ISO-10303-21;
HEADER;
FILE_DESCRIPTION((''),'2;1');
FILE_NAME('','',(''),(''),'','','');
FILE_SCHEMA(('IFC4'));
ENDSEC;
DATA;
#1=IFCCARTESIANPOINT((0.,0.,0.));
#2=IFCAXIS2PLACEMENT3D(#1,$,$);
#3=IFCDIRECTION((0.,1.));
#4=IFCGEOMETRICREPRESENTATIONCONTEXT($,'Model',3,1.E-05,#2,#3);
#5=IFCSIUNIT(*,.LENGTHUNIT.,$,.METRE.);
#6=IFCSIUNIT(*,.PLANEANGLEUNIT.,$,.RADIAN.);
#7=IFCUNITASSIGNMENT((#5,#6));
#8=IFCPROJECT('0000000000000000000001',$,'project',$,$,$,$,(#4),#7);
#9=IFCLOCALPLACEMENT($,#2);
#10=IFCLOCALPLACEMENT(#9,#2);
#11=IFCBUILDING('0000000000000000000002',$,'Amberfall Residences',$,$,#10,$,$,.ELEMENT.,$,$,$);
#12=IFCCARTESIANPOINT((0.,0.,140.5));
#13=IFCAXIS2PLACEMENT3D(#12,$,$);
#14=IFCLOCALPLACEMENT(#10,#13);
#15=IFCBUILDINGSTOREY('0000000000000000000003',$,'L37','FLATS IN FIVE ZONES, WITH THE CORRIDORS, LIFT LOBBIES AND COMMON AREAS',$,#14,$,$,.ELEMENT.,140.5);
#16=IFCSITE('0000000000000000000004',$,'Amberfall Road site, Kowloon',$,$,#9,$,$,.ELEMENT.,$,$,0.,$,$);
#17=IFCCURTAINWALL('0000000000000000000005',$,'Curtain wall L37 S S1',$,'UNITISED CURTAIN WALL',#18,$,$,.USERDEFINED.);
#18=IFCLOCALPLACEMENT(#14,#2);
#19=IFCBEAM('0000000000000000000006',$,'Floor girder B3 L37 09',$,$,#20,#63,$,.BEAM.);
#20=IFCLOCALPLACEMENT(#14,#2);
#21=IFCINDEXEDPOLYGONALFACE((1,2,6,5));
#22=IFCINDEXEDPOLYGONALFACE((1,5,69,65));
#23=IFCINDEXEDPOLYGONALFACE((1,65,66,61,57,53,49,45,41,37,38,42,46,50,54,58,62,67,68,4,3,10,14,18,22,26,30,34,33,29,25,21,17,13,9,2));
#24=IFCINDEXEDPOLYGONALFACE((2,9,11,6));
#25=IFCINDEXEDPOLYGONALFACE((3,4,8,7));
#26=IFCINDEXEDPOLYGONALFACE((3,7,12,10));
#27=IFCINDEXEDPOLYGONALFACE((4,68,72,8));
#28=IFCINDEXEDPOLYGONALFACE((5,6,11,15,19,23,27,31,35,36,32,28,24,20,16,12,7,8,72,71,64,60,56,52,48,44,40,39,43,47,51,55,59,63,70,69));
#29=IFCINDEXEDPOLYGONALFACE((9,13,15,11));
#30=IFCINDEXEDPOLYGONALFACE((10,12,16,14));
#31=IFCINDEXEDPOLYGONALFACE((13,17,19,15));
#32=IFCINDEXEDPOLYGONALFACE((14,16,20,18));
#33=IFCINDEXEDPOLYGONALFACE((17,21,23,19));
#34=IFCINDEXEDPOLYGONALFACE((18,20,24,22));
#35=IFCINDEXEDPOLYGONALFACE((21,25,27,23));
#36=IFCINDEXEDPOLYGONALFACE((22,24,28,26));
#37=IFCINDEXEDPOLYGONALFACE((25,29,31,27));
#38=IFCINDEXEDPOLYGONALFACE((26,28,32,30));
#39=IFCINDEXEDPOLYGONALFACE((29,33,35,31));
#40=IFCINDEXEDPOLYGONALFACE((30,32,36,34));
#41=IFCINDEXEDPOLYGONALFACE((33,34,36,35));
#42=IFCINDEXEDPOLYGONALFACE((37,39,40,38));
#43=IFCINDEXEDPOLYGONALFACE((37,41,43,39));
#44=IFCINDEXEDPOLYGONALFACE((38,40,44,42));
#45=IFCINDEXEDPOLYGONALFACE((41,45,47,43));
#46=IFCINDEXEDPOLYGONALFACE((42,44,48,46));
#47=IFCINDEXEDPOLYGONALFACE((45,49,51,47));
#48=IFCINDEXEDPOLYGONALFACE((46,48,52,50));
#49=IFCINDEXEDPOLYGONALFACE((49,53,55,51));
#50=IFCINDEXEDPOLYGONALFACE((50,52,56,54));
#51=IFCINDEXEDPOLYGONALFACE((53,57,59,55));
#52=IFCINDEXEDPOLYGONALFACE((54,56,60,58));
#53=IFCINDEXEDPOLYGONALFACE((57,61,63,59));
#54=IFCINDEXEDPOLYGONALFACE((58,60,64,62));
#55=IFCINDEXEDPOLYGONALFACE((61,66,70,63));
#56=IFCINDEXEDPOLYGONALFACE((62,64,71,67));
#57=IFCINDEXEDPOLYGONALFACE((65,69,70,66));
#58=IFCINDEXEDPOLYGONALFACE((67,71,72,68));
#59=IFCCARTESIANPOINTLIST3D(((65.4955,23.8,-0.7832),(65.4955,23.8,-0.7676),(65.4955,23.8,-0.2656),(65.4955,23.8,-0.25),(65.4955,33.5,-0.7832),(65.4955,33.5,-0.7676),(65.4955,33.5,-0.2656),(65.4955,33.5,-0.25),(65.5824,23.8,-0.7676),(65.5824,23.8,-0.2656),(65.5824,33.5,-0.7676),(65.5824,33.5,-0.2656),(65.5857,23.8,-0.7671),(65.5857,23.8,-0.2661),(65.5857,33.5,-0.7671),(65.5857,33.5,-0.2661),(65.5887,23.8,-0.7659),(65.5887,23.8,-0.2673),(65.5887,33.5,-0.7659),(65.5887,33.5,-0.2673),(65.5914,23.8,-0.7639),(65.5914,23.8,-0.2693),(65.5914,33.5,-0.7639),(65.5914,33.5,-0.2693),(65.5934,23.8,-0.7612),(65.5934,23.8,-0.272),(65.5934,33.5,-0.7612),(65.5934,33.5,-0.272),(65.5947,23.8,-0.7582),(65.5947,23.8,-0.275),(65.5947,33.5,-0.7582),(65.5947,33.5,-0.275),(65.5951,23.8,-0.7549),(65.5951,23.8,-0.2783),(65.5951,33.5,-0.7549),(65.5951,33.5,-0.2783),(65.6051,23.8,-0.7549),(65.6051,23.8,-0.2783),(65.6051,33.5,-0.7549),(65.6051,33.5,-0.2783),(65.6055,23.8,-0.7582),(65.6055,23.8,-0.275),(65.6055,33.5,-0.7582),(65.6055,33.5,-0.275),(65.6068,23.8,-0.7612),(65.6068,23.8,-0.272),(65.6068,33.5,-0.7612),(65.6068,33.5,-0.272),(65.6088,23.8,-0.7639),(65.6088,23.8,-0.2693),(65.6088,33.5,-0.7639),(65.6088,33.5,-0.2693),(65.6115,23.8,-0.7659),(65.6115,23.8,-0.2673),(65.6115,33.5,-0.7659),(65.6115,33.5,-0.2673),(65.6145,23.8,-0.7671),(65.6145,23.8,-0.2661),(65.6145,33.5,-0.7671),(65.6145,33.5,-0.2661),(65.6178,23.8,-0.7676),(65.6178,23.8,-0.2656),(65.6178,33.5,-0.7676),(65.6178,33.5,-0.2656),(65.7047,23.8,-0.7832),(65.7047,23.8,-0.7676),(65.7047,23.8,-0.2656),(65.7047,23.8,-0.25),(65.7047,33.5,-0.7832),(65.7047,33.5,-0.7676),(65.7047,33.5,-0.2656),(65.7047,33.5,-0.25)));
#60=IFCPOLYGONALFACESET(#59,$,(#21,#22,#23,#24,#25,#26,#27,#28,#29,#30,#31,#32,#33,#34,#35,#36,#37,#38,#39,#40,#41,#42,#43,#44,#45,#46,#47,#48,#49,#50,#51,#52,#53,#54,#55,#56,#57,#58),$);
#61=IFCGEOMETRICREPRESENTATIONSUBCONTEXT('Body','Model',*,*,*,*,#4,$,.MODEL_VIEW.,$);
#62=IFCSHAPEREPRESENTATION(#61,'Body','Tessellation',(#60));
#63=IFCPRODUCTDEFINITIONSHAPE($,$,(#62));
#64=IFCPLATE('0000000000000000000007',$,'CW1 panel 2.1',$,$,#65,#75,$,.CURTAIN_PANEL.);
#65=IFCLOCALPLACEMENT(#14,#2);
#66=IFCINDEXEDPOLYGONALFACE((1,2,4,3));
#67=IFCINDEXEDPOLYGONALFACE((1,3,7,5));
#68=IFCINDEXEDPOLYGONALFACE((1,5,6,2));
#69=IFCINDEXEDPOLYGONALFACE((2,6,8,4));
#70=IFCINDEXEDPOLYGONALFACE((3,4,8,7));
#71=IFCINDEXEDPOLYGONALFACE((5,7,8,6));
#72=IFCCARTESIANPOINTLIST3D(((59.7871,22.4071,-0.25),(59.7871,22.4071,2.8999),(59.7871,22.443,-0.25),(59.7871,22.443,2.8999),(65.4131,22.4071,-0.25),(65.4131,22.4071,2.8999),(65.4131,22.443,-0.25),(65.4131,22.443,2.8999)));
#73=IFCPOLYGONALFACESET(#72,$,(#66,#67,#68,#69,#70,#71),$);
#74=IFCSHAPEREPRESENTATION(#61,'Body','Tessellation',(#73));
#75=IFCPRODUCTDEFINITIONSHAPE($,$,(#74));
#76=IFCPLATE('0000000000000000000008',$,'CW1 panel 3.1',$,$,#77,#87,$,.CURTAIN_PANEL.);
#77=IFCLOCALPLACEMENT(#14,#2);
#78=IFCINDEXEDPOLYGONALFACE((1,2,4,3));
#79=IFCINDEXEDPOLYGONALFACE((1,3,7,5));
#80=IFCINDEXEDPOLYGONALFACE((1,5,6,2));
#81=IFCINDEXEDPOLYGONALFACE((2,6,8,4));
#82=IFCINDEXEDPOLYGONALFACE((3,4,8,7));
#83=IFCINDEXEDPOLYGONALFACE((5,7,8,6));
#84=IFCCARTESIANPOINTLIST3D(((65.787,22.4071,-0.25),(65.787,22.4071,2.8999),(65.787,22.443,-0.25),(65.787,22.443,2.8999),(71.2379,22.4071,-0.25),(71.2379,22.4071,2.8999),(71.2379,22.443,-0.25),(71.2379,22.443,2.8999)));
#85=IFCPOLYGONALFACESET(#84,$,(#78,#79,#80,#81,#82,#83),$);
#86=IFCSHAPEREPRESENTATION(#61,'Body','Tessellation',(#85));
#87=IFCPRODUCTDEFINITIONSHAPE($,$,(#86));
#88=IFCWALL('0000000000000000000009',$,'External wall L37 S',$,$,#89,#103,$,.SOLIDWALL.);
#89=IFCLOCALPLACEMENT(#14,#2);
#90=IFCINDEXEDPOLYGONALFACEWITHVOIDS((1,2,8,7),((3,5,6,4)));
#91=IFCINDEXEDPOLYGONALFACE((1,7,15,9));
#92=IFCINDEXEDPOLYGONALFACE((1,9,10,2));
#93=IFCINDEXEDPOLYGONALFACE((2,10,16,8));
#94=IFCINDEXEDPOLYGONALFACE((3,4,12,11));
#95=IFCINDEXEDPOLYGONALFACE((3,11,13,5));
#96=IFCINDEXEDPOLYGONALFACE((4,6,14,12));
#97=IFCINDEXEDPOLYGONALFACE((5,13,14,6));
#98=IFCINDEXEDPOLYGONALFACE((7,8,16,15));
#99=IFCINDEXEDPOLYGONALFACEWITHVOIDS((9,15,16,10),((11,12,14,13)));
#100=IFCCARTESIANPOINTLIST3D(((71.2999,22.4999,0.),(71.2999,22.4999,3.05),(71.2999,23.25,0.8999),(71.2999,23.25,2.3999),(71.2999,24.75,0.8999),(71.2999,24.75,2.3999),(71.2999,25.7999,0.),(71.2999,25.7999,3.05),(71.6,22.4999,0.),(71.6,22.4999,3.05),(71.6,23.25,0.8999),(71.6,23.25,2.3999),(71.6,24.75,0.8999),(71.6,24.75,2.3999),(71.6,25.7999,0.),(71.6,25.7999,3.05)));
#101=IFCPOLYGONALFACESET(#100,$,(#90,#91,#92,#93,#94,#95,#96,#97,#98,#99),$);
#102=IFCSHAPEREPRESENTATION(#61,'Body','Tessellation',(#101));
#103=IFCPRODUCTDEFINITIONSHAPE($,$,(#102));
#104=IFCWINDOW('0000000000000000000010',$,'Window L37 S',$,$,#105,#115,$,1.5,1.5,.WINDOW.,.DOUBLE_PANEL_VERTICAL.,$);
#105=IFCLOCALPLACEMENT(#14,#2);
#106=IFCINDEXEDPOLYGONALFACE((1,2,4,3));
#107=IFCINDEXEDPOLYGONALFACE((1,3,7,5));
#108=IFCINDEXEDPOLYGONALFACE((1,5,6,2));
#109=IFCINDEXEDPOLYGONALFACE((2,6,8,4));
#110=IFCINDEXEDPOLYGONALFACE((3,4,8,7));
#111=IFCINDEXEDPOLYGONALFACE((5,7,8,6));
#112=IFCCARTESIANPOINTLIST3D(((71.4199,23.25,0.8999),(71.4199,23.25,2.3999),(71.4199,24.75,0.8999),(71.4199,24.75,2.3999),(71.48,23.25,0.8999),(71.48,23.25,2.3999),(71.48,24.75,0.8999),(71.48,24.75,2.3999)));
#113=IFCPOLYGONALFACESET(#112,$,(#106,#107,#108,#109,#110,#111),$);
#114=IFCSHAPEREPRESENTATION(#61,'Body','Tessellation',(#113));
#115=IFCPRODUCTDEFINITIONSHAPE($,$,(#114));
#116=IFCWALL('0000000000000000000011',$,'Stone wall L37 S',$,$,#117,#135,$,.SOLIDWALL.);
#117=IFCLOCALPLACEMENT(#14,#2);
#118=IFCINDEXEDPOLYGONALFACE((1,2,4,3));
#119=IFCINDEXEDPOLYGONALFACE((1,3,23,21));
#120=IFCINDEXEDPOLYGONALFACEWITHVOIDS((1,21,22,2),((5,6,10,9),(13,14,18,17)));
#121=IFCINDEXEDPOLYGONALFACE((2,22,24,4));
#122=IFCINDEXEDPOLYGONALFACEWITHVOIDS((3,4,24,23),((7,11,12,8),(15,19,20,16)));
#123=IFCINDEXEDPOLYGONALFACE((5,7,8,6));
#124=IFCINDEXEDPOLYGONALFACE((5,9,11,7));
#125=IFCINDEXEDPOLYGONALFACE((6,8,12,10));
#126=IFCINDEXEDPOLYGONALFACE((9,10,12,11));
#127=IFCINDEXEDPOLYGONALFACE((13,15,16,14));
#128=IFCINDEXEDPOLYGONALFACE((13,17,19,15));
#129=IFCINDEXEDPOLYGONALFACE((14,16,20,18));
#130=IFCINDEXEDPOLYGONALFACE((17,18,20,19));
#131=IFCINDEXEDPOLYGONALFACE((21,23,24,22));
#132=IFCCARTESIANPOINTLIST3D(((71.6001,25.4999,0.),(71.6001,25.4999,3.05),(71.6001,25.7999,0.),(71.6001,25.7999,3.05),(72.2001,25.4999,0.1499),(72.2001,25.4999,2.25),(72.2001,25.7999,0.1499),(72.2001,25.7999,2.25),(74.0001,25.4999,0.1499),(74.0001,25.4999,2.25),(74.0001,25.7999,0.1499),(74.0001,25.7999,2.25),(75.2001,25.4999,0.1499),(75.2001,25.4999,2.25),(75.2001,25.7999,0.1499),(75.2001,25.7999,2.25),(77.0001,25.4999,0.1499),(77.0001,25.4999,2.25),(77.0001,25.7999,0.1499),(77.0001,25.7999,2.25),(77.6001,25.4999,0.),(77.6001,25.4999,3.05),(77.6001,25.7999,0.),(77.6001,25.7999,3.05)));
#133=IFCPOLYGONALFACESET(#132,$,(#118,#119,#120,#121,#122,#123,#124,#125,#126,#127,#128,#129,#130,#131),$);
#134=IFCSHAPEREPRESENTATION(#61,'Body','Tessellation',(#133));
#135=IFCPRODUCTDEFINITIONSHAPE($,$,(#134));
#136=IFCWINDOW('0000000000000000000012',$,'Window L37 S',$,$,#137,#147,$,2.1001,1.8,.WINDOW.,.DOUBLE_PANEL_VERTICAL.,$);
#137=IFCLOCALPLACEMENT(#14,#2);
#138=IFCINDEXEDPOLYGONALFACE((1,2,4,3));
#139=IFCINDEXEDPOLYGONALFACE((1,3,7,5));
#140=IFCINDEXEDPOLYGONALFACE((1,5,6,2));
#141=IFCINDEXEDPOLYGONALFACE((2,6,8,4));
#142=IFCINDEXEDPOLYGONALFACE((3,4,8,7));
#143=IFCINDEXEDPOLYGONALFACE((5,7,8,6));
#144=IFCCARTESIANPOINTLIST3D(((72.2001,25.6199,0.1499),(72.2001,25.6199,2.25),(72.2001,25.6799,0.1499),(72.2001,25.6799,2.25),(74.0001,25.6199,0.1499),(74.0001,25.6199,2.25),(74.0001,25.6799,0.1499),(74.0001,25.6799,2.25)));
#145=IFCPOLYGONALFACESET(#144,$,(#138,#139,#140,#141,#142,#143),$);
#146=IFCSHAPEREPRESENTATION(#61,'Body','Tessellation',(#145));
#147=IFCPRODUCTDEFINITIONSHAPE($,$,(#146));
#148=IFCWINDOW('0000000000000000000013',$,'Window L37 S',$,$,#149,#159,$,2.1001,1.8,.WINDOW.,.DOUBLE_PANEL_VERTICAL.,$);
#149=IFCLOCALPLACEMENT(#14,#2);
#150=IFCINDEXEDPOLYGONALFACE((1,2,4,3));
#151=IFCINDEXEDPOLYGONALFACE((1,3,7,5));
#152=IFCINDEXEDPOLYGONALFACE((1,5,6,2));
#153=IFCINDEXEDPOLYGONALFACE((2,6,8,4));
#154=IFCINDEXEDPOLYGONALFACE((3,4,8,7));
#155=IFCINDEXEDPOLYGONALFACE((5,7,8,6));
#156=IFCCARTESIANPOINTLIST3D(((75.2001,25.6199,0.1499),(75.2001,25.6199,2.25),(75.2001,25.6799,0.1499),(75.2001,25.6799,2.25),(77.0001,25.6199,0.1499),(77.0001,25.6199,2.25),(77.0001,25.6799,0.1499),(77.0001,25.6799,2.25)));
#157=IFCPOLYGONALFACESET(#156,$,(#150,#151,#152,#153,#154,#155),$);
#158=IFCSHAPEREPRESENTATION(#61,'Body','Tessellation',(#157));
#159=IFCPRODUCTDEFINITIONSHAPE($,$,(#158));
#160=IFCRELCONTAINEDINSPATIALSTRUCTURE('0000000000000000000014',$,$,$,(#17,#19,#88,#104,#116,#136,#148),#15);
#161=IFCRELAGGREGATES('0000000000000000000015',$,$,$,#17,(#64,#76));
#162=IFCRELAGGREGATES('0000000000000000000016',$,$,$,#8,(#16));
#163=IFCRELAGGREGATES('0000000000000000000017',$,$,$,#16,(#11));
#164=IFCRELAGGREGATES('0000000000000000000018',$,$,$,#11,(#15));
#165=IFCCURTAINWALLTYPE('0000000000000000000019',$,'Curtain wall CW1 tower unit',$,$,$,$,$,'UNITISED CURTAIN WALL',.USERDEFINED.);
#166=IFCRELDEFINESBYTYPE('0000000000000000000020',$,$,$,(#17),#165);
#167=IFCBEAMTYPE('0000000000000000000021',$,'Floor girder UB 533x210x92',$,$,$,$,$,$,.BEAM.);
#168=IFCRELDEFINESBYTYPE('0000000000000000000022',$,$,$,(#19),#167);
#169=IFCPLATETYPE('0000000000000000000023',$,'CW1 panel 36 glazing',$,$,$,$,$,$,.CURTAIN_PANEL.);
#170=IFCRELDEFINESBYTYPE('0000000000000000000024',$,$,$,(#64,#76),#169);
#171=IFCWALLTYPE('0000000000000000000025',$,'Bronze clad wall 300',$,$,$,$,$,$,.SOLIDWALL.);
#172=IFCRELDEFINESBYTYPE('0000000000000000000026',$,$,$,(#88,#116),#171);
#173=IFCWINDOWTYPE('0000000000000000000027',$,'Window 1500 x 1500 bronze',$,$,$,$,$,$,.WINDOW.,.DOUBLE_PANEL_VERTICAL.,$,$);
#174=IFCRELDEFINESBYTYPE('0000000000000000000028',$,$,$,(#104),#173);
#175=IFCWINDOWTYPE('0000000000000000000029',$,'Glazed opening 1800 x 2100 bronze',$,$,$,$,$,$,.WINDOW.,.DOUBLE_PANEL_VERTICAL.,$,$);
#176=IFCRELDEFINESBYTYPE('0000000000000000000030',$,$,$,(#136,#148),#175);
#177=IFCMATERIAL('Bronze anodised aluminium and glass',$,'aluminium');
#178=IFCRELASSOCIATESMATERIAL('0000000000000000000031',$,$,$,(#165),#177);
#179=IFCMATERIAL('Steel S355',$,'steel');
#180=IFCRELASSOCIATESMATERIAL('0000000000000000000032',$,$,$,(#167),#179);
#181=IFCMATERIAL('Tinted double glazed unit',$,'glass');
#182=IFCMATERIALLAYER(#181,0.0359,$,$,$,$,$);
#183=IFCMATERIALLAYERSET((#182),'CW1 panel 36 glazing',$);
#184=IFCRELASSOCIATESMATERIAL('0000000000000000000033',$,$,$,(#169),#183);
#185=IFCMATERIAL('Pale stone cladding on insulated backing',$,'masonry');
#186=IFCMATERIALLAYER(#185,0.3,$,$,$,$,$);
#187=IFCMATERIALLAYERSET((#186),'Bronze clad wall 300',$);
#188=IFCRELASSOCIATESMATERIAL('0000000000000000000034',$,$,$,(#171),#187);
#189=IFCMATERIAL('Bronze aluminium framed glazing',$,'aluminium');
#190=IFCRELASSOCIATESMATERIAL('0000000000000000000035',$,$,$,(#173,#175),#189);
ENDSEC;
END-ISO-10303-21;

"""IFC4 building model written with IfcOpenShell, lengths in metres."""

from ifc_helpers import new_model, si_unit, direction, frame, frame_2d, origin, origin_2d, place, context, subcontext, project, spatial, rectangle, i_section, extrude, material, layer, layer_set, material_profile, profile_set, type_object, element, fill, aggregate, save


model = new_model("IFC4")

# Units and contexts
model_context = context("Model", 3, precision=1e-05, world=origin(), true_north=direction((0.0, 1.0)))
body_context = subcontext(model_context, "Body", "Model", "MODEL_VIEW")
ifc_project = project(units=[si_unit("LENGTHUNIT", "METRE"), si_unit("PLANEANGLEUNIT", "RADIAN")], contexts=[model_context])

# Site, building, storey
site_placement = place(None, origin())
site = spatial("IfcSite", under=ifc_project, at=site_placement, Name="Amberfall Road site, Kowloon", CompositionType="ELEMENT", RefElevation=0.0)
building_placement = place(site_placement, origin())
building = spatial("IfcBuilding", under=site, at=building_placement, Name="Amberfall Residences", CompositionType="ELEMENT")
storey_placement = place(building_placement, frame((0.0, 0.0, 140.5)))
storey = spatial("IfcBuildingStorey", under=building, at=storey_placement, Name="L37", Description="FLATS IN FIVE ZONES, WITH THE CORRIDORS, LIFT LOBBIES AND COMMON AREAS", CompositionType="ELEMENT", Elevation=140.5)

# Curtain wall
ifc_material_1 = material(Name="Bronze anodised aluminium and glass", Category="aluminium")
curtain_wall_type = type_object("IfcCurtainWallType", Name="Curtain wall CW1 tower unit", ElementType="UNITISED CURTAIN WALL", PredefinedType="USERDEFINED", material=ifc_material_1)
curtain_wall_placement = place(storey_placement, origin())
curtain_wall = element("IfcCurtainWall", 1, at=curtain_wall_placement, inside=storey, type_object=curtain_wall_type, Name="Curtain wall L37 S S1", ObjectType="UNITISED CURTAIN WALL", PredefinedType="USERDEFINED")

# Shared definitions
ifc_material_2 = material(Name="Steel S355", Category="steel")

# Beam
ifc_material_profile_1 = material_profile(ifc_material_2, i_section(OverallWidth=0.2092, OverallDepth=0.5332, WebThickness=0.01, FlangeThickness=0.0156, FilletRadius=0.0127, at=origin_2d()), Name="UB 533x210x92")
ifc_profile_set_1 = profile_set([ifc_material_profile_1], Name="Steel S355")
beam_type_1 = type_object("IfcBeamType", Name="Floor girder UB 533x210x92", PredefinedType="BEAM", material=ifc_profile_set_1)
beam_1_placement = place(storey_placement, frame((65.6001, 23.8, -0.5166), z_axis=(0.0, 1.0, 0.0), x_axis=(-1.0, 0.0, 0.0)))
element("IfcBeam", 2, at=beam_1_placement, inside=storey, type_object=beam_type_1, Name="Floor girder B3 L37 09", PredefinedType="BEAM", context=body_context, shape_type="SweptSolid", body=[
    extrude(i_section(OverallWidth=0.2092, OverallDepth=0.5332, WebThickness=0.01, FlangeThickness=0.0156, FilletRadius=0.0127, at=origin_2d()), origin(), (0.0, 0.0, 1.0), 9.7),
])

# Plates
ifc_material_3 = material(Name="Tinted double glazed unit", Category="glass")
ifc_layer_1 = layer(ifc_material_3, 0.0359)
ifc_layer_set_1 = layer_set([ifc_layer_1], Name="CW1 panel 36 glazing")
plate_type = type_object("IfcPlateType", Name="CW1 panel 36 glazing", PredefinedType="CURTAIN_PANEL", material=ifc_layer_set_1)
plate_1_placement = place(storey_placement, frame((62.6001, 22.425, -0.25), z_axis=(0.0, 0.0, 1.0), x_axis=(1.0, 0.0, 0.0)))
plate_1 = element("IfcPlate", 3, at=plate_1_placement, type_object=plate_type, Name="CW1 panel 2.1", PredefinedType="CURTAIN_PANEL", context=body_context, shape_type="SweptSolid", body=[
    extrude(rectangle(XDim=5.626, YDim=0.0359, at=origin_2d()), origin(), (0.0, 0.0, 1.0), 3.1499),
])
plate_2_placement = place(storey_placement, frame((68.5125, 22.425, -0.25), z_axis=(0.0, 0.0, 1.0), x_axis=(1.0, 0.0, 0.0)))
plate_2 = element("IfcPlate", 4, at=plate_2_placement, type_object=plate_type, Name="CW1 panel 3.1", PredefinedType="CURTAIN_PANEL", context=body_context, shape_type="SweptSolid", body=[
    extrude(rectangle(XDim=5.4509, YDim=0.0359, at=origin_2d()), origin(), (0.0, 0.0, 1.0), 3.1499),
])
aggregate(curtain_wall, [plate_1, plate_2])

# Wall, opening, window
ifc_material_4 = material(Name="Pale stone cladding on insulated backing", Category="masonry")
ifc_layer_2 = layer(ifc_material_4, 0.3)
ifc_layer_set_2 = layer_set([ifc_layer_2], Name="Bronze clad wall 300")
wall_type_1 = type_object("IfcWallType", Name="Bronze clad wall 300", PredefinedType="SOLIDWALL", material=ifc_layer_set_2)
wall_1_placement = place(storey_placement, frame((71.45, 22.5, 0.0), z_axis=(0.0, 0.0, 1.0), x_axis=(0.0, 1.0, 0.0)))
wall_1 = element("IfcWall", 5, at=wall_1_placement, inside=storey, type_object=wall_type_1, Name="External wall L37 S", PredefinedType="SOLIDWALL", context=body_context, shape_type="SweptSolid", body=[
    extrude(rectangle(XDim=3.3, YDim=0.3, at=frame_2d((1.6499, 0.0))), origin(), (0.0, 0.0, 1.0), 3.05),
])
opening_1_placement = place(wall_1_placement, frame((0.75, 0.0, 0.8999)))
opening_1 = element("IfcOpeningElement", 6, at=opening_1_placement, cuts=wall_1, PredefinedType="OPENING", context=body_context, shape_type="SweptSolid", body=[
    extrude(rectangle(XDim=1.5, YDim=1.5, at=frame_2d((0.75, 0.75))), frame((0.0, 0.1599, 0.0), z_axis=(0.0, -1.0, 0.0), x_axis=(1.0, 0.0, 0.0)), (0.0, 0.0, 1.0), 0.3201),
])
ifc_material_5 = material(Name="Bronze aluminium framed glazing", Category="aluminium")
window_type_1 = type_object("IfcWindowType", Name="Window 1500 x 1500 bronze", PartitioningType="DOUBLE_PANEL_VERTICAL", PredefinedType="WINDOW", material=ifc_material_5)
window_1_placement = place(opening_1_placement, origin())
window_1 = element("IfcWindow", 7, at=window_1_placement, inside=storey, type_object=window_type_1, Name="Window L37 S", OverallHeight=1.5, OverallWidth=1.5, PartitioningType="DOUBLE_PANEL_VERTICAL", PredefinedType="WINDOW", context=body_context, shape_type="SweptSolid", body=[
    extrude(rectangle(XDim=1.5, YDim=1.5, at=frame_2d((0.75, 0.75))), frame((0.0, 0.03, 0.0), z_axis=(0.0, -1.0, 0.0), x_axis=(1.0, 0.0, 0.0)), (0.0, 0.0, 1.0), 0.0601),
])
fill(opening_1, window_1)

# Wall, openings, windows
wall_2_placement = place(storey_placement, frame((71.6001, 25.6499, 0.0), z_axis=(0.0, 0.0, 1.0), x_axis=(1.0, 0.0, 0.0)))
wall_2 = element("IfcWall", 8, at=wall_2_placement, inside=storey, type_object=wall_type_1, Name="Stone wall L37 S", PredefinedType="SOLIDWALL", context=body_context, shape_type="SweptSolid", body=[
    extrude(rectangle(XDim=6.0, YDim=0.3, at=frame_2d((3.0, 0.0))), origin(), (0.0, 0.0, 1.0), 3.05),
])
opening_2_placement = place(wall_2_placement, frame((0.6001, 0.0, 0.1499)))
opening_2 = element("IfcOpeningElement", 9, at=opening_2_placement, cuts=wall_2, PredefinedType="OPENING", context=body_context, shape_type="SweptSolid", body=[
    extrude(rectangle(XDim=1.8, YDim=2.1001, at=frame_2d((0.8999, 1.05))), frame((0.0, 0.1599, 0.0), z_axis=(0.0, -1.0, 0.0), x_axis=(1.0, 0.0, 0.0)), (0.0, 0.0, 1.0), 0.3201),
])
opening_3_placement = place(wall_2_placement, frame((3.6001, 0.0, 0.1499)))
opening_3 = element("IfcOpeningElement", 10, at=opening_3_placement, cuts=wall_2, PredefinedType="OPENING", context=body_context, shape_type="SweptSolid", body=[
    extrude(rectangle(XDim=1.8, YDim=2.1001, at=frame_2d((0.8999, 1.05))), frame((0.0, 0.1599, 0.0), z_axis=(0.0, -1.0, 0.0), x_axis=(1.0, 0.0, 0.0)), (0.0, 0.0, 1.0), 0.3201),
])
window_type_2 = type_object("IfcWindowType", Name="Glazed opening 1800 x 2100 bronze", PartitioningType="DOUBLE_PANEL_VERTICAL", PredefinedType="WINDOW", material=ifc_material_5)
window_2_placement = place(opening_2_placement, origin())
window_2 = element("IfcWindow", 11, at=window_2_placement, inside=storey, type_object=window_type_2, Name="Window L37 S", OverallHeight=2.1001, OverallWidth=1.8, PartitioningType="DOUBLE_PANEL_VERTICAL", PredefinedType="WINDOW", context=body_context, shape_type="SweptSolid", body=[
    extrude(rectangle(XDim=1.8, YDim=2.1001, at=frame_2d((0.8999, 1.05))), frame((0.0, 0.03, 0.0), z_axis=(0.0, -1.0, 0.0), x_axis=(1.0, 0.0, 0.0)), (0.0, 0.0, 1.0), 0.0601),
])
fill(opening_2, window_2)
window_3_placement = place(opening_3_placement, origin())
window_3 = element("IfcWindow", 12, at=window_3_placement, inside=storey, type_object=window_type_2, Name="Window L37 S", OverallHeight=2.1001, OverallWidth=1.8, PartitioningType="DOUBLE_PANEL_VERTICAL", PredefinedType="WINDOW", context=body_context, shape_type="SweptSolid", body=[
    extrude(rectangle(XDim=1.8, YDim=2.1001, at=frame_2d((0.8999, 1.05))), frame((0.0, 0.03, 0.0), z_axis=(0.0, -1.0, 0.0), x_axis=(1.0, 0.0, 0.0)), (0.0, 0.0, 1.0), 0.0601),
])
fill(opening_3, window_3)

save(model, "model.ifc")
